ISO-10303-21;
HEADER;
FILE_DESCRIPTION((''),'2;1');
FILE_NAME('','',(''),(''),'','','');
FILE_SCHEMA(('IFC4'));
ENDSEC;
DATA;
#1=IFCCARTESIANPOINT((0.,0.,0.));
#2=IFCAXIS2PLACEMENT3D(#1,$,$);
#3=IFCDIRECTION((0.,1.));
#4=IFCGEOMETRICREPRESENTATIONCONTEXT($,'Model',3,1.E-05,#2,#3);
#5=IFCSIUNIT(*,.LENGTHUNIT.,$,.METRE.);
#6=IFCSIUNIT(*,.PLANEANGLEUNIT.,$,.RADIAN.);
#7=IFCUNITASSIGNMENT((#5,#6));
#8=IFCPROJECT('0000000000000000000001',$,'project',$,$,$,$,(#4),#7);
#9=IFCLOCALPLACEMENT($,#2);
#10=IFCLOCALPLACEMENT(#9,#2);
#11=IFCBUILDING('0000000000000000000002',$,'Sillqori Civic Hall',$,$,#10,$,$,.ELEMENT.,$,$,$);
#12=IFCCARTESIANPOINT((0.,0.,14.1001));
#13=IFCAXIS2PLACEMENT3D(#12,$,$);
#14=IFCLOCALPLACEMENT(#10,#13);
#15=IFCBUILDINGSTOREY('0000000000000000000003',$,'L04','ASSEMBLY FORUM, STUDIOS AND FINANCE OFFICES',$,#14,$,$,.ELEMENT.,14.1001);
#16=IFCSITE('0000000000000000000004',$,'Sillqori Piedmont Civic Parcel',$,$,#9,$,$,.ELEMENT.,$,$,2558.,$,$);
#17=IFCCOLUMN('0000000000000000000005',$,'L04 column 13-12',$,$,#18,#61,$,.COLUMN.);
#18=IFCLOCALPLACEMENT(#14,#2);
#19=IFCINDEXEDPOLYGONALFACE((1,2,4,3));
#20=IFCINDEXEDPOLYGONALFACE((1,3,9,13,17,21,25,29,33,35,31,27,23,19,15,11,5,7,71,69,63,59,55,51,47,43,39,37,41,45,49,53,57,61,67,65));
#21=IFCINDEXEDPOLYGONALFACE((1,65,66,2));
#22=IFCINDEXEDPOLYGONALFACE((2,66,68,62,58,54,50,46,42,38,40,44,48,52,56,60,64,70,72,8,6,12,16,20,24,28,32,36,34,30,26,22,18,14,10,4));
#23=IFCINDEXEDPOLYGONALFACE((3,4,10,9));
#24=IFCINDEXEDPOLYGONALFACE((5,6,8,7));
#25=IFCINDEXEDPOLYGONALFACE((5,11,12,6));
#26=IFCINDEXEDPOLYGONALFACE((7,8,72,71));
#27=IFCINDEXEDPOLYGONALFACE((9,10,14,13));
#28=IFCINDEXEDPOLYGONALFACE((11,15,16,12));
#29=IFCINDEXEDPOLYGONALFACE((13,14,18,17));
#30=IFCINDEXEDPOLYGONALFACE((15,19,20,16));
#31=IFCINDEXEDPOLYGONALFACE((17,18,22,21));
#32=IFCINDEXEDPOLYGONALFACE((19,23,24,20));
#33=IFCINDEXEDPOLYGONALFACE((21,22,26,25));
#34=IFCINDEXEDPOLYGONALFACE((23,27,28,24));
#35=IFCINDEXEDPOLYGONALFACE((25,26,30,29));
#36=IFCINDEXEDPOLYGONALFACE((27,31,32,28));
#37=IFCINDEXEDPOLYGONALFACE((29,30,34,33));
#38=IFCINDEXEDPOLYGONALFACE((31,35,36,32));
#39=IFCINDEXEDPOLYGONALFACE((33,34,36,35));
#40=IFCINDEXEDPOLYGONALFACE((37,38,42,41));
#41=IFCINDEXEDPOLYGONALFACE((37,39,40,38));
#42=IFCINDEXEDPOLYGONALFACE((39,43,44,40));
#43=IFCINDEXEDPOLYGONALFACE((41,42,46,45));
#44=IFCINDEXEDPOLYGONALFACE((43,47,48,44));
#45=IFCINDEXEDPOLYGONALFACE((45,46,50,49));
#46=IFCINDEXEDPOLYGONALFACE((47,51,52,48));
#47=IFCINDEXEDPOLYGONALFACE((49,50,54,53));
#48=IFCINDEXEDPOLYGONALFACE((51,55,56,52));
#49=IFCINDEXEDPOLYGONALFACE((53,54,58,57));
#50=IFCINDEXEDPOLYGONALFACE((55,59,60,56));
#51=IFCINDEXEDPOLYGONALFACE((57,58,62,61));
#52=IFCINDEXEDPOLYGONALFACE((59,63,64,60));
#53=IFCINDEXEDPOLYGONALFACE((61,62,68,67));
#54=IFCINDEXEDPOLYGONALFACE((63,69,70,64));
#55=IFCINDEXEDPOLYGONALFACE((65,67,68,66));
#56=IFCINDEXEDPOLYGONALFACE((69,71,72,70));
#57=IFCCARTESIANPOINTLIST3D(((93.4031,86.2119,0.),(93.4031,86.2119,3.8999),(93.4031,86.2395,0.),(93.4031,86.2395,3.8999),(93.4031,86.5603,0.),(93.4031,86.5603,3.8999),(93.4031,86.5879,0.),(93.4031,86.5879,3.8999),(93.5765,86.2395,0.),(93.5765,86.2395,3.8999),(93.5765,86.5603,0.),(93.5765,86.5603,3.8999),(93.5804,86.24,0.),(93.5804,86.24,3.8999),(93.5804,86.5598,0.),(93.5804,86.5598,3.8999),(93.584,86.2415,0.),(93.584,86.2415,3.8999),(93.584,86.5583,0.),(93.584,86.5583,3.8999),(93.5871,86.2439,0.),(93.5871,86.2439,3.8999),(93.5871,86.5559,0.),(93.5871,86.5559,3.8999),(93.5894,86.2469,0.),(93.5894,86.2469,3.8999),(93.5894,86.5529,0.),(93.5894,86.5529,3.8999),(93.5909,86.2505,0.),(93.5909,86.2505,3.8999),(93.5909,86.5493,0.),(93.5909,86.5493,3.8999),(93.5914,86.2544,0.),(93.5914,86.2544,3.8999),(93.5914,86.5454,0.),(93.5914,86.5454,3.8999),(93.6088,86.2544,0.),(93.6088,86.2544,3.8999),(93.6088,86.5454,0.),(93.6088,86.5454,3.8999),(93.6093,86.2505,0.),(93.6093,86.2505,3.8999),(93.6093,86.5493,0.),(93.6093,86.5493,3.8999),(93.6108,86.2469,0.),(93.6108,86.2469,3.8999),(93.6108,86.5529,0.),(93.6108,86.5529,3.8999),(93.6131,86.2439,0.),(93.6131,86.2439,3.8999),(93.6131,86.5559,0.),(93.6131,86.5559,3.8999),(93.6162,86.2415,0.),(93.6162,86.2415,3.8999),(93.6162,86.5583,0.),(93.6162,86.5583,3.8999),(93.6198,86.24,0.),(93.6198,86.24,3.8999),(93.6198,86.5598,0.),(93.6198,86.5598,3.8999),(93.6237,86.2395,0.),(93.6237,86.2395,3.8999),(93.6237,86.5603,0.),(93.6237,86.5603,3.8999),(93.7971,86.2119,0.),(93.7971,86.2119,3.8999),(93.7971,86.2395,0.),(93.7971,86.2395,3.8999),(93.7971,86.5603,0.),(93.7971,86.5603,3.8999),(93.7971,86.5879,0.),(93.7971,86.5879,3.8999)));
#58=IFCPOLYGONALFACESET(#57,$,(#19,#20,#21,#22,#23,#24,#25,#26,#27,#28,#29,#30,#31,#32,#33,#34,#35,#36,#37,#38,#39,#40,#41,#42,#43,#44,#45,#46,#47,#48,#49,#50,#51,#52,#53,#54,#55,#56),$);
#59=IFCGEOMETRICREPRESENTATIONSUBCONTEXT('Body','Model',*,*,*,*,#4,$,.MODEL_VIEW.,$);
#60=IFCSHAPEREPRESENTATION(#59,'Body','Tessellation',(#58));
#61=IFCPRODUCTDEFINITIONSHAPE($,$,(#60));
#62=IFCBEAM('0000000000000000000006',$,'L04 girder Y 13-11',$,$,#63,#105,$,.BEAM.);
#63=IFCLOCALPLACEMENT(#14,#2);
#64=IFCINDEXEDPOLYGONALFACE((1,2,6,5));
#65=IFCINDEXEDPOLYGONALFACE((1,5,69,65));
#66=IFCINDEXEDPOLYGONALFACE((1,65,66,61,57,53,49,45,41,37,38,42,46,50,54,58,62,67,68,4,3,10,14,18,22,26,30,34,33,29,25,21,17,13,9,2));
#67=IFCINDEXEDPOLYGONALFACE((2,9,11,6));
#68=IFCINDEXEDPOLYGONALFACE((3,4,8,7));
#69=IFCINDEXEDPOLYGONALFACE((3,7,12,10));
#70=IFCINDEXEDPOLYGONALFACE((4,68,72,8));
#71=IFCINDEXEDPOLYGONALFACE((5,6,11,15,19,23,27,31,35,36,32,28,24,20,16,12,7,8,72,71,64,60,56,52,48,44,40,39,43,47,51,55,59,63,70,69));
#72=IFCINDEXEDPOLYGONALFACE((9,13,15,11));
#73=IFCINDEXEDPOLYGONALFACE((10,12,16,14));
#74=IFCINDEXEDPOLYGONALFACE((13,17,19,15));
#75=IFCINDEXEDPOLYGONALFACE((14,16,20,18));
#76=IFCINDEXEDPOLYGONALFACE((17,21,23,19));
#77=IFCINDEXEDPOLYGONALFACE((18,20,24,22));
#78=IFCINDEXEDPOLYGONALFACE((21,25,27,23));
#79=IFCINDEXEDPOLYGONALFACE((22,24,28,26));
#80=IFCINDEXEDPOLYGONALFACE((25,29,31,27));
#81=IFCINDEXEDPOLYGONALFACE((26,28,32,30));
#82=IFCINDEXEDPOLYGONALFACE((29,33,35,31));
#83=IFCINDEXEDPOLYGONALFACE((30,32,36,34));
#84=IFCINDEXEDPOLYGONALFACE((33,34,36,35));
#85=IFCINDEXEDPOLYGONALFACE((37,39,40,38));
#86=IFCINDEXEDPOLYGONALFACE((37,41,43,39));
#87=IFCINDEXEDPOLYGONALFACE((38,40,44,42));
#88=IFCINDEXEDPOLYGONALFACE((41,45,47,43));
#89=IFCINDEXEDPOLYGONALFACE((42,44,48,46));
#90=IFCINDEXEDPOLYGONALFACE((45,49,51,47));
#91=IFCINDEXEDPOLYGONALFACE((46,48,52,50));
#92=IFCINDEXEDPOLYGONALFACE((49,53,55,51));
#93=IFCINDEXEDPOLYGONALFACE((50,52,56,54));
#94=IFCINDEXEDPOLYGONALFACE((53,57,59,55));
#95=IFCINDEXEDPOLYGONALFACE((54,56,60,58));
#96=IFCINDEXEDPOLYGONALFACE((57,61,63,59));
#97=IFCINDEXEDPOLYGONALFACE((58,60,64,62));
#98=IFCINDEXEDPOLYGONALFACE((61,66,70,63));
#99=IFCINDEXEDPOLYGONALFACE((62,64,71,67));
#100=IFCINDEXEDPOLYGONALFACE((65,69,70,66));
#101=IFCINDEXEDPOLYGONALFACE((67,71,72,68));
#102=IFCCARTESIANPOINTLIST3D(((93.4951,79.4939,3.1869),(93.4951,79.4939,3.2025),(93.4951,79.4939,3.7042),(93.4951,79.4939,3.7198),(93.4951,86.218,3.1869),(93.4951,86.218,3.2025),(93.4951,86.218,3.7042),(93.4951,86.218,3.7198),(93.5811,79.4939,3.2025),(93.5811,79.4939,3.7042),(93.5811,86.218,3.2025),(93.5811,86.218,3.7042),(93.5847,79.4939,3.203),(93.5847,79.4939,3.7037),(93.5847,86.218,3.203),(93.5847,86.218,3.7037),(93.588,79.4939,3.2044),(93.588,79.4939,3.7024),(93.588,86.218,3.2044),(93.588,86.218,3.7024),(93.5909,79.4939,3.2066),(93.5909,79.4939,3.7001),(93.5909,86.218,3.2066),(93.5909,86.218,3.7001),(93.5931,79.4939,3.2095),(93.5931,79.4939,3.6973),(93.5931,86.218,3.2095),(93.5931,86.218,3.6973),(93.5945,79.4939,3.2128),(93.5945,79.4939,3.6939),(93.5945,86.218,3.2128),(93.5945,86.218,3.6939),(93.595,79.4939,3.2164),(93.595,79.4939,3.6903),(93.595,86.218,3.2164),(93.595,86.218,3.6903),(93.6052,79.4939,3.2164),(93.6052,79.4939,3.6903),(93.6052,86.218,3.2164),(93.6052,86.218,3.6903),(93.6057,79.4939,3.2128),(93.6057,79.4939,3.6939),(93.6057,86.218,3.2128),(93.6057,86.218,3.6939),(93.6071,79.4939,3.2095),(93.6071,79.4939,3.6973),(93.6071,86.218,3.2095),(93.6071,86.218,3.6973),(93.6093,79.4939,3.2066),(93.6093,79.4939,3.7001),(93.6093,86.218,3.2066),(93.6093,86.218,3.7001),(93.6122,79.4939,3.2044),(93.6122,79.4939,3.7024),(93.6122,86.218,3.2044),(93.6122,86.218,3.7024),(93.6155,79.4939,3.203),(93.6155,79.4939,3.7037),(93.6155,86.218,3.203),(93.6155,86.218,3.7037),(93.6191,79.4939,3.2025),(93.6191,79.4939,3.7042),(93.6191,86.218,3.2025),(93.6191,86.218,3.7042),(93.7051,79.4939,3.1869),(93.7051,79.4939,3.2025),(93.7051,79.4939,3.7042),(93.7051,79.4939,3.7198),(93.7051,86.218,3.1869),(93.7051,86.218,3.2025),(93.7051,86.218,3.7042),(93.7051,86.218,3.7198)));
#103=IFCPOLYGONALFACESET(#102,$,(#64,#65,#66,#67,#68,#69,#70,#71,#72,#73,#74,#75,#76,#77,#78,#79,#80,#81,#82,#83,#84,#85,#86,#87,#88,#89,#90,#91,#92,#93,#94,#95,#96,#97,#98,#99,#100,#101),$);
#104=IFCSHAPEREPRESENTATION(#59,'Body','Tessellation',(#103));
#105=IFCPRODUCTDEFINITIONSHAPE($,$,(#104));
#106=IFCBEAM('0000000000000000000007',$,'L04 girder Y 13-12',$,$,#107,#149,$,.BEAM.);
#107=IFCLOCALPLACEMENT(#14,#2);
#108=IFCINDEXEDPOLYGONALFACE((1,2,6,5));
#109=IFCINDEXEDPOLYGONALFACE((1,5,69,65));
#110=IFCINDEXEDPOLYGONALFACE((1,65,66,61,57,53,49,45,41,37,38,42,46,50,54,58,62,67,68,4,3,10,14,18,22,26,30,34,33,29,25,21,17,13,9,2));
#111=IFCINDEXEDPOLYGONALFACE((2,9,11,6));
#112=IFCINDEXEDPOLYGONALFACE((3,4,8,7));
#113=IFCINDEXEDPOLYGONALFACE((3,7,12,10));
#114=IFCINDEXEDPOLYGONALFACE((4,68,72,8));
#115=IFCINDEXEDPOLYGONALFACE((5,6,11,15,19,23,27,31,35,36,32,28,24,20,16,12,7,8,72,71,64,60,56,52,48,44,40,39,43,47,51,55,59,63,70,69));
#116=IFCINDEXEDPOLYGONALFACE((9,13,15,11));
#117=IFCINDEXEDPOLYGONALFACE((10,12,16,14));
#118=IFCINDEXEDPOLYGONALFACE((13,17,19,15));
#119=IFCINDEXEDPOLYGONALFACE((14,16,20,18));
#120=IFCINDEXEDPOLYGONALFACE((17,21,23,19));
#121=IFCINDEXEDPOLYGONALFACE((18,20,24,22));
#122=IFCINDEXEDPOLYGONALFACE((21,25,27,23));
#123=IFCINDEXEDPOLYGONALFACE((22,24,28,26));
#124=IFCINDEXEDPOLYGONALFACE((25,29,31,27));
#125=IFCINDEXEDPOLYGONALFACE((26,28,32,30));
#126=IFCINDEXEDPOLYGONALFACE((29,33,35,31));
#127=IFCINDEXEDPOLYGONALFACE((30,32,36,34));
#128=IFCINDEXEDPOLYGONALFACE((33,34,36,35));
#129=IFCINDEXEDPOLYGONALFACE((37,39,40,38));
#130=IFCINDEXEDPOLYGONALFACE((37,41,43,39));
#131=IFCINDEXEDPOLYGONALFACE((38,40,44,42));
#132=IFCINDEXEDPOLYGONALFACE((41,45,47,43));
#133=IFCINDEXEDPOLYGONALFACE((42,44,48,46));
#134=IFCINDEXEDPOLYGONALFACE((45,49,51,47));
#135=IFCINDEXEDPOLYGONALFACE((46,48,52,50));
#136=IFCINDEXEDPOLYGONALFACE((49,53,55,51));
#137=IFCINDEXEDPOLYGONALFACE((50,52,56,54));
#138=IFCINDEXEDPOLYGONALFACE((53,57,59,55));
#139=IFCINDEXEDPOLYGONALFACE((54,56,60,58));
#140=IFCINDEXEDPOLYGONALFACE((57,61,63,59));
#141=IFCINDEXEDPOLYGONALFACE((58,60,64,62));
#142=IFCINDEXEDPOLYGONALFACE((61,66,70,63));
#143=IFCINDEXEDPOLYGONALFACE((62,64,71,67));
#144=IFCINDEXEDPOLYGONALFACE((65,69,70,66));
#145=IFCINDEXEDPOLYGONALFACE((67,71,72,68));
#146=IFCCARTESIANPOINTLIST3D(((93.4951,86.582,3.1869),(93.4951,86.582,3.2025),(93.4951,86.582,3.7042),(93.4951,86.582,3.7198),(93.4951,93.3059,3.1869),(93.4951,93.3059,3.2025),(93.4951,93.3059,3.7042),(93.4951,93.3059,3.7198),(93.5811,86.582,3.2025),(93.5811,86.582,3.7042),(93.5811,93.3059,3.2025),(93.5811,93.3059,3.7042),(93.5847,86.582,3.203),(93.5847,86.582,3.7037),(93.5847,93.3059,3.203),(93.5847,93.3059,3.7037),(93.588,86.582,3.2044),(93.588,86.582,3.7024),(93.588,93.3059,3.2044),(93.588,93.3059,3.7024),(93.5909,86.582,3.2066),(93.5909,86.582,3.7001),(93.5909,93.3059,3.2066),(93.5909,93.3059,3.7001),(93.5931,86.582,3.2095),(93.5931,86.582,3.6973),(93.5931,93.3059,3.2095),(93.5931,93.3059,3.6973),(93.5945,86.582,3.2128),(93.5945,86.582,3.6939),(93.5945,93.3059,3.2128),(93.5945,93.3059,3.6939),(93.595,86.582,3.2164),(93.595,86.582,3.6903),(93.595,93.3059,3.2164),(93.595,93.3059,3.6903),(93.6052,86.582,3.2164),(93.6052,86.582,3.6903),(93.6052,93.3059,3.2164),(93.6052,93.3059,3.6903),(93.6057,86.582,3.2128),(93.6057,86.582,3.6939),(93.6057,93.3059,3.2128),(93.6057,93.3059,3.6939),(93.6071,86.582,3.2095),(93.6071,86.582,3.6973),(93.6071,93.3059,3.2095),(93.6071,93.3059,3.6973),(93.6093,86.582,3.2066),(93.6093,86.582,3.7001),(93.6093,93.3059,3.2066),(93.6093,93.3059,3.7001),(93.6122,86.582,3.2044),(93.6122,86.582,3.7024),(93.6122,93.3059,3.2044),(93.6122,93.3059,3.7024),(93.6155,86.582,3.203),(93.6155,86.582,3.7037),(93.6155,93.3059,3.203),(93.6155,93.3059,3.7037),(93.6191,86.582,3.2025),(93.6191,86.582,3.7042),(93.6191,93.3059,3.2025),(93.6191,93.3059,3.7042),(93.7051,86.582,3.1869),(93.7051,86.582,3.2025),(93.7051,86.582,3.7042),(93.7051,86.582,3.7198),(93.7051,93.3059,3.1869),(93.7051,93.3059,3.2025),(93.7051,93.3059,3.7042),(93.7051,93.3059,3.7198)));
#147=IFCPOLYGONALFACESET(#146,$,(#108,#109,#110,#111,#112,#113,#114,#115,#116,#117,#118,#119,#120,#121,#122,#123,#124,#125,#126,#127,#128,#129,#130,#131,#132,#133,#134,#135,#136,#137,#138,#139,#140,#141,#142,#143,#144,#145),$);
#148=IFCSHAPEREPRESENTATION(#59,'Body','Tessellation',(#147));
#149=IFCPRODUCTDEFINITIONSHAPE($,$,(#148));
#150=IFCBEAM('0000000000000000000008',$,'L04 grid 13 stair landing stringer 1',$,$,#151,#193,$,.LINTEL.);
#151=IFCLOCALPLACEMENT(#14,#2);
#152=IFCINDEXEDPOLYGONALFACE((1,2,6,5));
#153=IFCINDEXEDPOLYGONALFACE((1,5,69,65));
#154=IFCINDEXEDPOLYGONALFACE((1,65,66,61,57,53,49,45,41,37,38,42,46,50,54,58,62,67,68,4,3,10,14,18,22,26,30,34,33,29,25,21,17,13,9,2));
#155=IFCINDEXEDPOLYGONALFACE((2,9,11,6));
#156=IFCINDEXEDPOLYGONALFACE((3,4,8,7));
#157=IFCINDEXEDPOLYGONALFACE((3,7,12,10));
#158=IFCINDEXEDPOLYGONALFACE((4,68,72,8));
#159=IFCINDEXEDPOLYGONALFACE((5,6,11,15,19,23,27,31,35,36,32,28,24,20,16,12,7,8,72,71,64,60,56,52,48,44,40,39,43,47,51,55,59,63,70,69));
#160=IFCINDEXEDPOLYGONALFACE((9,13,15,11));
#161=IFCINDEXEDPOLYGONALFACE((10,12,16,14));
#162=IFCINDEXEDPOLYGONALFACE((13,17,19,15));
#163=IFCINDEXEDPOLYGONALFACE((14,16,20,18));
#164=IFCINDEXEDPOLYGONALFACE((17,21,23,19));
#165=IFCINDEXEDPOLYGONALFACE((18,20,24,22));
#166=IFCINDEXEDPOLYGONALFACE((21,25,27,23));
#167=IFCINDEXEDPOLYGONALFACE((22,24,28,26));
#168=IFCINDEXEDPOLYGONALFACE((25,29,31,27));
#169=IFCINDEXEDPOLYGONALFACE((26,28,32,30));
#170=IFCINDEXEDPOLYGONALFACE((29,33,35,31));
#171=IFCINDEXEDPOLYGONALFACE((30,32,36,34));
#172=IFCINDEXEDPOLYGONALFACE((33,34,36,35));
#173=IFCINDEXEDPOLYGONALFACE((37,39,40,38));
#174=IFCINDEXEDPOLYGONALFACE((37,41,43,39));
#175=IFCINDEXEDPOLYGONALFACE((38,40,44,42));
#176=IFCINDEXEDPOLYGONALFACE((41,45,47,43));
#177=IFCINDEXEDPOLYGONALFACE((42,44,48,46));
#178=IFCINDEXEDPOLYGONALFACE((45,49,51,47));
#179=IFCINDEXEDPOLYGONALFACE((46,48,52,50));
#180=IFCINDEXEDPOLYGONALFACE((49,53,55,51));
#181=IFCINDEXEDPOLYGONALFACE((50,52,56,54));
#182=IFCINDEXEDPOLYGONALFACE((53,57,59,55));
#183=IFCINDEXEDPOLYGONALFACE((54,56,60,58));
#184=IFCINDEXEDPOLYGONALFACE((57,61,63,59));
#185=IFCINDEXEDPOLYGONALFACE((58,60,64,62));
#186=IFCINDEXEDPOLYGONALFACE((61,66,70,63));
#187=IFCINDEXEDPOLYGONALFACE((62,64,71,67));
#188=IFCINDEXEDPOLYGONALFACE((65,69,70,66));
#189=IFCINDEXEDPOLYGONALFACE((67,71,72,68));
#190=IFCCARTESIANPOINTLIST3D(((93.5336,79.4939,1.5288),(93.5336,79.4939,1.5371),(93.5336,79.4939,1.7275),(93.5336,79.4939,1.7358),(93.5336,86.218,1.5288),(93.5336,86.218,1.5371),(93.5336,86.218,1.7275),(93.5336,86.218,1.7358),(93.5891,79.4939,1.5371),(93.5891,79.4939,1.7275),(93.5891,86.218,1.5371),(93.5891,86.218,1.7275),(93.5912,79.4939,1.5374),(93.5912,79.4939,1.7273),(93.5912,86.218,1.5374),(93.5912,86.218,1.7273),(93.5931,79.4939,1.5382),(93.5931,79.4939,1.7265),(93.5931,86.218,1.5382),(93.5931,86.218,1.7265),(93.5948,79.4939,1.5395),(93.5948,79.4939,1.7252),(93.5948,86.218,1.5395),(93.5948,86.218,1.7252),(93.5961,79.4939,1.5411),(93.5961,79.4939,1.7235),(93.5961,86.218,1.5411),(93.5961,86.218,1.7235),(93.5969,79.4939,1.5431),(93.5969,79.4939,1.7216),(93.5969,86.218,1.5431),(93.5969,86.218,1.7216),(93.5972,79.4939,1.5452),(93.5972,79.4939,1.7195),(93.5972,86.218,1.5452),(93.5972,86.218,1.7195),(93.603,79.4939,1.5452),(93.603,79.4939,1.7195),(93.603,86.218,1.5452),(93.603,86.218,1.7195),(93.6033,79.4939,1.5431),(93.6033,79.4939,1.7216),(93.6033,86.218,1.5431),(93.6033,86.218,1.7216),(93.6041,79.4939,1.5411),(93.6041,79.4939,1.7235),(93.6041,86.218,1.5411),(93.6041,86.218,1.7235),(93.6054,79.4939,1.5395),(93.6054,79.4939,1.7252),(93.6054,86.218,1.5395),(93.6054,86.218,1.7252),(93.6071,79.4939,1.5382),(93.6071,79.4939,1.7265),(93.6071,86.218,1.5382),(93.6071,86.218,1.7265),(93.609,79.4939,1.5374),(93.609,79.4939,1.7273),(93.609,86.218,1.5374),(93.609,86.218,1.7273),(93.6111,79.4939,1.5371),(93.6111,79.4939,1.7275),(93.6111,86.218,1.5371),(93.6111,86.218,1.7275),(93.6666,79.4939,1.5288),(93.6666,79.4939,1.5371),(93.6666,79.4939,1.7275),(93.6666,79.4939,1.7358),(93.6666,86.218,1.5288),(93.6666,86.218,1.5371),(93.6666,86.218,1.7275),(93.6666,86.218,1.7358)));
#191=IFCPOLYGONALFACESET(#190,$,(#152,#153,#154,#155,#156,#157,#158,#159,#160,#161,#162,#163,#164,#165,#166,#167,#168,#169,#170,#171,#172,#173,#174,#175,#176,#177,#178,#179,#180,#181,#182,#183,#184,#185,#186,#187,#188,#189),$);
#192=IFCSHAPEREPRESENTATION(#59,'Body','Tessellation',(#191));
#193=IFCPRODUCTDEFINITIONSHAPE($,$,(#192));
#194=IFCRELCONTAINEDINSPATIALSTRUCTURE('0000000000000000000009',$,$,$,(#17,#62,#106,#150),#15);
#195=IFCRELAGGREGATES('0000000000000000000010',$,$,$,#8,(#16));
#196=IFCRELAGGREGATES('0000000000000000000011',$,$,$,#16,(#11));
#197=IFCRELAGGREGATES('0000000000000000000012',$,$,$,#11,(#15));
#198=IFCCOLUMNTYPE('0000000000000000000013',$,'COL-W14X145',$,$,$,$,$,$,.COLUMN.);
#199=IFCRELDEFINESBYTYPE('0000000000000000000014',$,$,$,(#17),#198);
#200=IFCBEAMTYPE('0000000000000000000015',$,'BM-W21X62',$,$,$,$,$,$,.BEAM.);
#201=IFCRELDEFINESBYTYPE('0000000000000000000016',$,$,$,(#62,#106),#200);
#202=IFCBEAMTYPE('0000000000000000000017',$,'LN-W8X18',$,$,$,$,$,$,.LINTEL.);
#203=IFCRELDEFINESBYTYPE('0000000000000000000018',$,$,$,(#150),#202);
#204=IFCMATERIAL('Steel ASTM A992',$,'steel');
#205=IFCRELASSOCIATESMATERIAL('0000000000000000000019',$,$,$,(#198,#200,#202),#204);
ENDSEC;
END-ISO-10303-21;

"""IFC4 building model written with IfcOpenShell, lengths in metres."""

from ifc_helpers import new_model, si_unit, direction, frame, origin, origin_2d, place, context, subcontext, project, spatial, i_section, extrude, material, material_profile, profile_set, type_object, element, save


model = new_model("IFC4")

# Units and contexts
model_context = context("Model", 3, precision=1e-05, world=origin(), true_north=direction((0.0, 1.0)))
body_context = subcontext(model_context, "Body", "Model", "MODEL_VIEW")
ifc_project = project(units=[si_unit("LENGTHUNIT", "METRE"), si_unit("PLANEANGLEUNIT", "RADIAN")], contexts=[model_context])

# Site, building, storey
site_placement = place(None, origin())
site = spatial("IfcSite", under=ifc_project, at=site_placement, Name="Sillqori Piedmont Civic Parcel", CompositionType="ELEMENT", RefElevation=2558.0)
building_placement = place(site_placement, origin())
building = spatial("IfcBuilding", under=site, at=building_placement, Name="Sillqori Civic Hall", CompositionType="ELEMENT")
storey_placement = place(building_placement, frame((0.0, 0.0, 14.1001)))
storey = spatial("IfcBuildingStorey", under=building, at=storey_placement, Name="L04", Description="ASSEMBLY FORUM, STUDIOS AND FINANCE OFFICES", CompositionType="ELEMENT", Elevation=14.1001)

# Column
ifc_material_1 = material(Name="Steel ASTM A992", Category="steel")
ifc_material_profile_1 = material_profile(ifc_material_1, i_section(OverallWidth=0.394, OverallDepth=0.376, WebThickness=0.0173, FlangeThickness=0.0276, FilletRadius=0.0149, at=origin_2d()), Name="W14X145")
ifc_profile_set_1 = profile_set([ifc_material_profile_1], Name="Steel ASTM A992")
column_type = type_object("IfcColumnType", Name="COL-W14X145", PredefinedType="COLUMN", material=ifc_profile_set_1)
column_placement = place(storey_placement, frame((93.6001, 86.3999, 0.0), z_axis=(0.0, 0.0, 1.0), x_axis=(1.0, 0.0, 0.0)))
element("IfcColumn", 1, at=column_placement, inside=storey, type_object=column_type, Name="L04 column 13-12", PredefinedType="COLUMN", context=body_context, shape_type="SweptSolid", body=[
    extrude(i_section(OverallWidth=0.394, OverallDepth=0.376, WebThickness=0.0173, FlangeThickness=0.0276, FilletRadius=0.0149, at=origin_2d()), origin(), (0.0, 0.0, 1.0), 3.8999),
])

# Beams
ifc_material_profile_2 = material_profile(ifc_material_1, i_section(OverallWidth=0.21, OverallDepth=0.533, WebThickness=0.0103, FlangeThickness=0.0156, FilletRadius=0.0139, at=origin_2d()), Name="W21X62")
ifc_profile_set_2 = profile_set([ifc_material_profile_2], Name="Steel ASTM A992")
beam_type_1 = type_object("IfcBeamType", Name="BM-W21X62", PredefinedType="BEAM", material=ifc_profile_set_2)
beam_1_placement = place(storey_placement, frame((93.6001, 79.4939, 3.4534), z_axis=(0.0, 1.0, 0.0), x_axis=(-1.0, 0.0, 0.0)))
element("IfcBeam", 2, at=beam_1_placement, inside=storey, type_object=beam_type_1, Name="L04 girder Y 13-11", PredefinedType="BEAM", context=body_context, shape_type="SweptSolid", body=[
    extrude(i_section(OverallWidth=0.21, OverallDepth=0.533, WebThickness=0.0103, FlangeThickness=0.0156, FilletRadius=0.0139, at=origin_2d()), origin(), (0.0, 0.0, 1.0), 6.7241),
])
beam_2_placement = place(storey_placement, frame((93.6001, 86.582, 3.4534), z_axis=(0.0, 1.0, 0.0), x_axis=(-1.0, 0.0, 0.0)))
element("IfcBeam", 3, at=beam_2_placement, inside=storey, type_object=beam_type_1, Name="L04 girder Y 13-12", PredefinedType="BEAM", context=body_context, shape_type="SweptSolid", body=[
    extrude(i_section(OverallWidth=0.21, OverallDepth=0.533, WebThickness=0.0103, FlangeThickness=0.0156, FilletRadius=0.0139, at=origin_2d()), origin(), (0.0, 0.0, 1.0), 6.7239),
])
ifc_material_profile_3 = material_profile(ifc_material_1, i_section(OverallWidth=0.1331, OverallDepth=0.207, WebThickness=0.0059, FlangeThickness=0.0083, FilletRadius=0.0081, at=origin_2d()), Name="W8X18")
ifc_profile_set_3 = profile_set([ifc_material_profile_3], Name="Steel ASTM A992")
beam_type_2 = type_object("IfcBeamType", Name="LN-W8X18", PredefinedType="LINTEL", material=ifc_profile_set_3)
beam_3_placement = place(storey_placement, frame((93.6001, 79.4939, 1.6323), z_axis=(0.0, 1.0, 0.0), x_axis=(-1.0, 0.0, 0.0)))
element("IfcBeam", 4, at=beam_3_placement, inside=storey, type_object=beam_type_2, Name="L04 grid 13 stair landing stringer 1", PredefinedType="LINTEL", context=body_context, shape_type="SweptSolid", body=[
    extrude(i_section(OverallWidth=0.1331, OverallDepth=0.207, WebThickness=0.0059, FlangeThickness=0.0083, FilletRadius=0.0081, at=origin_2d()), origin(), (0.0, 0.0, 1.0), 6.7241),
])

save(model, "model.ifc")
